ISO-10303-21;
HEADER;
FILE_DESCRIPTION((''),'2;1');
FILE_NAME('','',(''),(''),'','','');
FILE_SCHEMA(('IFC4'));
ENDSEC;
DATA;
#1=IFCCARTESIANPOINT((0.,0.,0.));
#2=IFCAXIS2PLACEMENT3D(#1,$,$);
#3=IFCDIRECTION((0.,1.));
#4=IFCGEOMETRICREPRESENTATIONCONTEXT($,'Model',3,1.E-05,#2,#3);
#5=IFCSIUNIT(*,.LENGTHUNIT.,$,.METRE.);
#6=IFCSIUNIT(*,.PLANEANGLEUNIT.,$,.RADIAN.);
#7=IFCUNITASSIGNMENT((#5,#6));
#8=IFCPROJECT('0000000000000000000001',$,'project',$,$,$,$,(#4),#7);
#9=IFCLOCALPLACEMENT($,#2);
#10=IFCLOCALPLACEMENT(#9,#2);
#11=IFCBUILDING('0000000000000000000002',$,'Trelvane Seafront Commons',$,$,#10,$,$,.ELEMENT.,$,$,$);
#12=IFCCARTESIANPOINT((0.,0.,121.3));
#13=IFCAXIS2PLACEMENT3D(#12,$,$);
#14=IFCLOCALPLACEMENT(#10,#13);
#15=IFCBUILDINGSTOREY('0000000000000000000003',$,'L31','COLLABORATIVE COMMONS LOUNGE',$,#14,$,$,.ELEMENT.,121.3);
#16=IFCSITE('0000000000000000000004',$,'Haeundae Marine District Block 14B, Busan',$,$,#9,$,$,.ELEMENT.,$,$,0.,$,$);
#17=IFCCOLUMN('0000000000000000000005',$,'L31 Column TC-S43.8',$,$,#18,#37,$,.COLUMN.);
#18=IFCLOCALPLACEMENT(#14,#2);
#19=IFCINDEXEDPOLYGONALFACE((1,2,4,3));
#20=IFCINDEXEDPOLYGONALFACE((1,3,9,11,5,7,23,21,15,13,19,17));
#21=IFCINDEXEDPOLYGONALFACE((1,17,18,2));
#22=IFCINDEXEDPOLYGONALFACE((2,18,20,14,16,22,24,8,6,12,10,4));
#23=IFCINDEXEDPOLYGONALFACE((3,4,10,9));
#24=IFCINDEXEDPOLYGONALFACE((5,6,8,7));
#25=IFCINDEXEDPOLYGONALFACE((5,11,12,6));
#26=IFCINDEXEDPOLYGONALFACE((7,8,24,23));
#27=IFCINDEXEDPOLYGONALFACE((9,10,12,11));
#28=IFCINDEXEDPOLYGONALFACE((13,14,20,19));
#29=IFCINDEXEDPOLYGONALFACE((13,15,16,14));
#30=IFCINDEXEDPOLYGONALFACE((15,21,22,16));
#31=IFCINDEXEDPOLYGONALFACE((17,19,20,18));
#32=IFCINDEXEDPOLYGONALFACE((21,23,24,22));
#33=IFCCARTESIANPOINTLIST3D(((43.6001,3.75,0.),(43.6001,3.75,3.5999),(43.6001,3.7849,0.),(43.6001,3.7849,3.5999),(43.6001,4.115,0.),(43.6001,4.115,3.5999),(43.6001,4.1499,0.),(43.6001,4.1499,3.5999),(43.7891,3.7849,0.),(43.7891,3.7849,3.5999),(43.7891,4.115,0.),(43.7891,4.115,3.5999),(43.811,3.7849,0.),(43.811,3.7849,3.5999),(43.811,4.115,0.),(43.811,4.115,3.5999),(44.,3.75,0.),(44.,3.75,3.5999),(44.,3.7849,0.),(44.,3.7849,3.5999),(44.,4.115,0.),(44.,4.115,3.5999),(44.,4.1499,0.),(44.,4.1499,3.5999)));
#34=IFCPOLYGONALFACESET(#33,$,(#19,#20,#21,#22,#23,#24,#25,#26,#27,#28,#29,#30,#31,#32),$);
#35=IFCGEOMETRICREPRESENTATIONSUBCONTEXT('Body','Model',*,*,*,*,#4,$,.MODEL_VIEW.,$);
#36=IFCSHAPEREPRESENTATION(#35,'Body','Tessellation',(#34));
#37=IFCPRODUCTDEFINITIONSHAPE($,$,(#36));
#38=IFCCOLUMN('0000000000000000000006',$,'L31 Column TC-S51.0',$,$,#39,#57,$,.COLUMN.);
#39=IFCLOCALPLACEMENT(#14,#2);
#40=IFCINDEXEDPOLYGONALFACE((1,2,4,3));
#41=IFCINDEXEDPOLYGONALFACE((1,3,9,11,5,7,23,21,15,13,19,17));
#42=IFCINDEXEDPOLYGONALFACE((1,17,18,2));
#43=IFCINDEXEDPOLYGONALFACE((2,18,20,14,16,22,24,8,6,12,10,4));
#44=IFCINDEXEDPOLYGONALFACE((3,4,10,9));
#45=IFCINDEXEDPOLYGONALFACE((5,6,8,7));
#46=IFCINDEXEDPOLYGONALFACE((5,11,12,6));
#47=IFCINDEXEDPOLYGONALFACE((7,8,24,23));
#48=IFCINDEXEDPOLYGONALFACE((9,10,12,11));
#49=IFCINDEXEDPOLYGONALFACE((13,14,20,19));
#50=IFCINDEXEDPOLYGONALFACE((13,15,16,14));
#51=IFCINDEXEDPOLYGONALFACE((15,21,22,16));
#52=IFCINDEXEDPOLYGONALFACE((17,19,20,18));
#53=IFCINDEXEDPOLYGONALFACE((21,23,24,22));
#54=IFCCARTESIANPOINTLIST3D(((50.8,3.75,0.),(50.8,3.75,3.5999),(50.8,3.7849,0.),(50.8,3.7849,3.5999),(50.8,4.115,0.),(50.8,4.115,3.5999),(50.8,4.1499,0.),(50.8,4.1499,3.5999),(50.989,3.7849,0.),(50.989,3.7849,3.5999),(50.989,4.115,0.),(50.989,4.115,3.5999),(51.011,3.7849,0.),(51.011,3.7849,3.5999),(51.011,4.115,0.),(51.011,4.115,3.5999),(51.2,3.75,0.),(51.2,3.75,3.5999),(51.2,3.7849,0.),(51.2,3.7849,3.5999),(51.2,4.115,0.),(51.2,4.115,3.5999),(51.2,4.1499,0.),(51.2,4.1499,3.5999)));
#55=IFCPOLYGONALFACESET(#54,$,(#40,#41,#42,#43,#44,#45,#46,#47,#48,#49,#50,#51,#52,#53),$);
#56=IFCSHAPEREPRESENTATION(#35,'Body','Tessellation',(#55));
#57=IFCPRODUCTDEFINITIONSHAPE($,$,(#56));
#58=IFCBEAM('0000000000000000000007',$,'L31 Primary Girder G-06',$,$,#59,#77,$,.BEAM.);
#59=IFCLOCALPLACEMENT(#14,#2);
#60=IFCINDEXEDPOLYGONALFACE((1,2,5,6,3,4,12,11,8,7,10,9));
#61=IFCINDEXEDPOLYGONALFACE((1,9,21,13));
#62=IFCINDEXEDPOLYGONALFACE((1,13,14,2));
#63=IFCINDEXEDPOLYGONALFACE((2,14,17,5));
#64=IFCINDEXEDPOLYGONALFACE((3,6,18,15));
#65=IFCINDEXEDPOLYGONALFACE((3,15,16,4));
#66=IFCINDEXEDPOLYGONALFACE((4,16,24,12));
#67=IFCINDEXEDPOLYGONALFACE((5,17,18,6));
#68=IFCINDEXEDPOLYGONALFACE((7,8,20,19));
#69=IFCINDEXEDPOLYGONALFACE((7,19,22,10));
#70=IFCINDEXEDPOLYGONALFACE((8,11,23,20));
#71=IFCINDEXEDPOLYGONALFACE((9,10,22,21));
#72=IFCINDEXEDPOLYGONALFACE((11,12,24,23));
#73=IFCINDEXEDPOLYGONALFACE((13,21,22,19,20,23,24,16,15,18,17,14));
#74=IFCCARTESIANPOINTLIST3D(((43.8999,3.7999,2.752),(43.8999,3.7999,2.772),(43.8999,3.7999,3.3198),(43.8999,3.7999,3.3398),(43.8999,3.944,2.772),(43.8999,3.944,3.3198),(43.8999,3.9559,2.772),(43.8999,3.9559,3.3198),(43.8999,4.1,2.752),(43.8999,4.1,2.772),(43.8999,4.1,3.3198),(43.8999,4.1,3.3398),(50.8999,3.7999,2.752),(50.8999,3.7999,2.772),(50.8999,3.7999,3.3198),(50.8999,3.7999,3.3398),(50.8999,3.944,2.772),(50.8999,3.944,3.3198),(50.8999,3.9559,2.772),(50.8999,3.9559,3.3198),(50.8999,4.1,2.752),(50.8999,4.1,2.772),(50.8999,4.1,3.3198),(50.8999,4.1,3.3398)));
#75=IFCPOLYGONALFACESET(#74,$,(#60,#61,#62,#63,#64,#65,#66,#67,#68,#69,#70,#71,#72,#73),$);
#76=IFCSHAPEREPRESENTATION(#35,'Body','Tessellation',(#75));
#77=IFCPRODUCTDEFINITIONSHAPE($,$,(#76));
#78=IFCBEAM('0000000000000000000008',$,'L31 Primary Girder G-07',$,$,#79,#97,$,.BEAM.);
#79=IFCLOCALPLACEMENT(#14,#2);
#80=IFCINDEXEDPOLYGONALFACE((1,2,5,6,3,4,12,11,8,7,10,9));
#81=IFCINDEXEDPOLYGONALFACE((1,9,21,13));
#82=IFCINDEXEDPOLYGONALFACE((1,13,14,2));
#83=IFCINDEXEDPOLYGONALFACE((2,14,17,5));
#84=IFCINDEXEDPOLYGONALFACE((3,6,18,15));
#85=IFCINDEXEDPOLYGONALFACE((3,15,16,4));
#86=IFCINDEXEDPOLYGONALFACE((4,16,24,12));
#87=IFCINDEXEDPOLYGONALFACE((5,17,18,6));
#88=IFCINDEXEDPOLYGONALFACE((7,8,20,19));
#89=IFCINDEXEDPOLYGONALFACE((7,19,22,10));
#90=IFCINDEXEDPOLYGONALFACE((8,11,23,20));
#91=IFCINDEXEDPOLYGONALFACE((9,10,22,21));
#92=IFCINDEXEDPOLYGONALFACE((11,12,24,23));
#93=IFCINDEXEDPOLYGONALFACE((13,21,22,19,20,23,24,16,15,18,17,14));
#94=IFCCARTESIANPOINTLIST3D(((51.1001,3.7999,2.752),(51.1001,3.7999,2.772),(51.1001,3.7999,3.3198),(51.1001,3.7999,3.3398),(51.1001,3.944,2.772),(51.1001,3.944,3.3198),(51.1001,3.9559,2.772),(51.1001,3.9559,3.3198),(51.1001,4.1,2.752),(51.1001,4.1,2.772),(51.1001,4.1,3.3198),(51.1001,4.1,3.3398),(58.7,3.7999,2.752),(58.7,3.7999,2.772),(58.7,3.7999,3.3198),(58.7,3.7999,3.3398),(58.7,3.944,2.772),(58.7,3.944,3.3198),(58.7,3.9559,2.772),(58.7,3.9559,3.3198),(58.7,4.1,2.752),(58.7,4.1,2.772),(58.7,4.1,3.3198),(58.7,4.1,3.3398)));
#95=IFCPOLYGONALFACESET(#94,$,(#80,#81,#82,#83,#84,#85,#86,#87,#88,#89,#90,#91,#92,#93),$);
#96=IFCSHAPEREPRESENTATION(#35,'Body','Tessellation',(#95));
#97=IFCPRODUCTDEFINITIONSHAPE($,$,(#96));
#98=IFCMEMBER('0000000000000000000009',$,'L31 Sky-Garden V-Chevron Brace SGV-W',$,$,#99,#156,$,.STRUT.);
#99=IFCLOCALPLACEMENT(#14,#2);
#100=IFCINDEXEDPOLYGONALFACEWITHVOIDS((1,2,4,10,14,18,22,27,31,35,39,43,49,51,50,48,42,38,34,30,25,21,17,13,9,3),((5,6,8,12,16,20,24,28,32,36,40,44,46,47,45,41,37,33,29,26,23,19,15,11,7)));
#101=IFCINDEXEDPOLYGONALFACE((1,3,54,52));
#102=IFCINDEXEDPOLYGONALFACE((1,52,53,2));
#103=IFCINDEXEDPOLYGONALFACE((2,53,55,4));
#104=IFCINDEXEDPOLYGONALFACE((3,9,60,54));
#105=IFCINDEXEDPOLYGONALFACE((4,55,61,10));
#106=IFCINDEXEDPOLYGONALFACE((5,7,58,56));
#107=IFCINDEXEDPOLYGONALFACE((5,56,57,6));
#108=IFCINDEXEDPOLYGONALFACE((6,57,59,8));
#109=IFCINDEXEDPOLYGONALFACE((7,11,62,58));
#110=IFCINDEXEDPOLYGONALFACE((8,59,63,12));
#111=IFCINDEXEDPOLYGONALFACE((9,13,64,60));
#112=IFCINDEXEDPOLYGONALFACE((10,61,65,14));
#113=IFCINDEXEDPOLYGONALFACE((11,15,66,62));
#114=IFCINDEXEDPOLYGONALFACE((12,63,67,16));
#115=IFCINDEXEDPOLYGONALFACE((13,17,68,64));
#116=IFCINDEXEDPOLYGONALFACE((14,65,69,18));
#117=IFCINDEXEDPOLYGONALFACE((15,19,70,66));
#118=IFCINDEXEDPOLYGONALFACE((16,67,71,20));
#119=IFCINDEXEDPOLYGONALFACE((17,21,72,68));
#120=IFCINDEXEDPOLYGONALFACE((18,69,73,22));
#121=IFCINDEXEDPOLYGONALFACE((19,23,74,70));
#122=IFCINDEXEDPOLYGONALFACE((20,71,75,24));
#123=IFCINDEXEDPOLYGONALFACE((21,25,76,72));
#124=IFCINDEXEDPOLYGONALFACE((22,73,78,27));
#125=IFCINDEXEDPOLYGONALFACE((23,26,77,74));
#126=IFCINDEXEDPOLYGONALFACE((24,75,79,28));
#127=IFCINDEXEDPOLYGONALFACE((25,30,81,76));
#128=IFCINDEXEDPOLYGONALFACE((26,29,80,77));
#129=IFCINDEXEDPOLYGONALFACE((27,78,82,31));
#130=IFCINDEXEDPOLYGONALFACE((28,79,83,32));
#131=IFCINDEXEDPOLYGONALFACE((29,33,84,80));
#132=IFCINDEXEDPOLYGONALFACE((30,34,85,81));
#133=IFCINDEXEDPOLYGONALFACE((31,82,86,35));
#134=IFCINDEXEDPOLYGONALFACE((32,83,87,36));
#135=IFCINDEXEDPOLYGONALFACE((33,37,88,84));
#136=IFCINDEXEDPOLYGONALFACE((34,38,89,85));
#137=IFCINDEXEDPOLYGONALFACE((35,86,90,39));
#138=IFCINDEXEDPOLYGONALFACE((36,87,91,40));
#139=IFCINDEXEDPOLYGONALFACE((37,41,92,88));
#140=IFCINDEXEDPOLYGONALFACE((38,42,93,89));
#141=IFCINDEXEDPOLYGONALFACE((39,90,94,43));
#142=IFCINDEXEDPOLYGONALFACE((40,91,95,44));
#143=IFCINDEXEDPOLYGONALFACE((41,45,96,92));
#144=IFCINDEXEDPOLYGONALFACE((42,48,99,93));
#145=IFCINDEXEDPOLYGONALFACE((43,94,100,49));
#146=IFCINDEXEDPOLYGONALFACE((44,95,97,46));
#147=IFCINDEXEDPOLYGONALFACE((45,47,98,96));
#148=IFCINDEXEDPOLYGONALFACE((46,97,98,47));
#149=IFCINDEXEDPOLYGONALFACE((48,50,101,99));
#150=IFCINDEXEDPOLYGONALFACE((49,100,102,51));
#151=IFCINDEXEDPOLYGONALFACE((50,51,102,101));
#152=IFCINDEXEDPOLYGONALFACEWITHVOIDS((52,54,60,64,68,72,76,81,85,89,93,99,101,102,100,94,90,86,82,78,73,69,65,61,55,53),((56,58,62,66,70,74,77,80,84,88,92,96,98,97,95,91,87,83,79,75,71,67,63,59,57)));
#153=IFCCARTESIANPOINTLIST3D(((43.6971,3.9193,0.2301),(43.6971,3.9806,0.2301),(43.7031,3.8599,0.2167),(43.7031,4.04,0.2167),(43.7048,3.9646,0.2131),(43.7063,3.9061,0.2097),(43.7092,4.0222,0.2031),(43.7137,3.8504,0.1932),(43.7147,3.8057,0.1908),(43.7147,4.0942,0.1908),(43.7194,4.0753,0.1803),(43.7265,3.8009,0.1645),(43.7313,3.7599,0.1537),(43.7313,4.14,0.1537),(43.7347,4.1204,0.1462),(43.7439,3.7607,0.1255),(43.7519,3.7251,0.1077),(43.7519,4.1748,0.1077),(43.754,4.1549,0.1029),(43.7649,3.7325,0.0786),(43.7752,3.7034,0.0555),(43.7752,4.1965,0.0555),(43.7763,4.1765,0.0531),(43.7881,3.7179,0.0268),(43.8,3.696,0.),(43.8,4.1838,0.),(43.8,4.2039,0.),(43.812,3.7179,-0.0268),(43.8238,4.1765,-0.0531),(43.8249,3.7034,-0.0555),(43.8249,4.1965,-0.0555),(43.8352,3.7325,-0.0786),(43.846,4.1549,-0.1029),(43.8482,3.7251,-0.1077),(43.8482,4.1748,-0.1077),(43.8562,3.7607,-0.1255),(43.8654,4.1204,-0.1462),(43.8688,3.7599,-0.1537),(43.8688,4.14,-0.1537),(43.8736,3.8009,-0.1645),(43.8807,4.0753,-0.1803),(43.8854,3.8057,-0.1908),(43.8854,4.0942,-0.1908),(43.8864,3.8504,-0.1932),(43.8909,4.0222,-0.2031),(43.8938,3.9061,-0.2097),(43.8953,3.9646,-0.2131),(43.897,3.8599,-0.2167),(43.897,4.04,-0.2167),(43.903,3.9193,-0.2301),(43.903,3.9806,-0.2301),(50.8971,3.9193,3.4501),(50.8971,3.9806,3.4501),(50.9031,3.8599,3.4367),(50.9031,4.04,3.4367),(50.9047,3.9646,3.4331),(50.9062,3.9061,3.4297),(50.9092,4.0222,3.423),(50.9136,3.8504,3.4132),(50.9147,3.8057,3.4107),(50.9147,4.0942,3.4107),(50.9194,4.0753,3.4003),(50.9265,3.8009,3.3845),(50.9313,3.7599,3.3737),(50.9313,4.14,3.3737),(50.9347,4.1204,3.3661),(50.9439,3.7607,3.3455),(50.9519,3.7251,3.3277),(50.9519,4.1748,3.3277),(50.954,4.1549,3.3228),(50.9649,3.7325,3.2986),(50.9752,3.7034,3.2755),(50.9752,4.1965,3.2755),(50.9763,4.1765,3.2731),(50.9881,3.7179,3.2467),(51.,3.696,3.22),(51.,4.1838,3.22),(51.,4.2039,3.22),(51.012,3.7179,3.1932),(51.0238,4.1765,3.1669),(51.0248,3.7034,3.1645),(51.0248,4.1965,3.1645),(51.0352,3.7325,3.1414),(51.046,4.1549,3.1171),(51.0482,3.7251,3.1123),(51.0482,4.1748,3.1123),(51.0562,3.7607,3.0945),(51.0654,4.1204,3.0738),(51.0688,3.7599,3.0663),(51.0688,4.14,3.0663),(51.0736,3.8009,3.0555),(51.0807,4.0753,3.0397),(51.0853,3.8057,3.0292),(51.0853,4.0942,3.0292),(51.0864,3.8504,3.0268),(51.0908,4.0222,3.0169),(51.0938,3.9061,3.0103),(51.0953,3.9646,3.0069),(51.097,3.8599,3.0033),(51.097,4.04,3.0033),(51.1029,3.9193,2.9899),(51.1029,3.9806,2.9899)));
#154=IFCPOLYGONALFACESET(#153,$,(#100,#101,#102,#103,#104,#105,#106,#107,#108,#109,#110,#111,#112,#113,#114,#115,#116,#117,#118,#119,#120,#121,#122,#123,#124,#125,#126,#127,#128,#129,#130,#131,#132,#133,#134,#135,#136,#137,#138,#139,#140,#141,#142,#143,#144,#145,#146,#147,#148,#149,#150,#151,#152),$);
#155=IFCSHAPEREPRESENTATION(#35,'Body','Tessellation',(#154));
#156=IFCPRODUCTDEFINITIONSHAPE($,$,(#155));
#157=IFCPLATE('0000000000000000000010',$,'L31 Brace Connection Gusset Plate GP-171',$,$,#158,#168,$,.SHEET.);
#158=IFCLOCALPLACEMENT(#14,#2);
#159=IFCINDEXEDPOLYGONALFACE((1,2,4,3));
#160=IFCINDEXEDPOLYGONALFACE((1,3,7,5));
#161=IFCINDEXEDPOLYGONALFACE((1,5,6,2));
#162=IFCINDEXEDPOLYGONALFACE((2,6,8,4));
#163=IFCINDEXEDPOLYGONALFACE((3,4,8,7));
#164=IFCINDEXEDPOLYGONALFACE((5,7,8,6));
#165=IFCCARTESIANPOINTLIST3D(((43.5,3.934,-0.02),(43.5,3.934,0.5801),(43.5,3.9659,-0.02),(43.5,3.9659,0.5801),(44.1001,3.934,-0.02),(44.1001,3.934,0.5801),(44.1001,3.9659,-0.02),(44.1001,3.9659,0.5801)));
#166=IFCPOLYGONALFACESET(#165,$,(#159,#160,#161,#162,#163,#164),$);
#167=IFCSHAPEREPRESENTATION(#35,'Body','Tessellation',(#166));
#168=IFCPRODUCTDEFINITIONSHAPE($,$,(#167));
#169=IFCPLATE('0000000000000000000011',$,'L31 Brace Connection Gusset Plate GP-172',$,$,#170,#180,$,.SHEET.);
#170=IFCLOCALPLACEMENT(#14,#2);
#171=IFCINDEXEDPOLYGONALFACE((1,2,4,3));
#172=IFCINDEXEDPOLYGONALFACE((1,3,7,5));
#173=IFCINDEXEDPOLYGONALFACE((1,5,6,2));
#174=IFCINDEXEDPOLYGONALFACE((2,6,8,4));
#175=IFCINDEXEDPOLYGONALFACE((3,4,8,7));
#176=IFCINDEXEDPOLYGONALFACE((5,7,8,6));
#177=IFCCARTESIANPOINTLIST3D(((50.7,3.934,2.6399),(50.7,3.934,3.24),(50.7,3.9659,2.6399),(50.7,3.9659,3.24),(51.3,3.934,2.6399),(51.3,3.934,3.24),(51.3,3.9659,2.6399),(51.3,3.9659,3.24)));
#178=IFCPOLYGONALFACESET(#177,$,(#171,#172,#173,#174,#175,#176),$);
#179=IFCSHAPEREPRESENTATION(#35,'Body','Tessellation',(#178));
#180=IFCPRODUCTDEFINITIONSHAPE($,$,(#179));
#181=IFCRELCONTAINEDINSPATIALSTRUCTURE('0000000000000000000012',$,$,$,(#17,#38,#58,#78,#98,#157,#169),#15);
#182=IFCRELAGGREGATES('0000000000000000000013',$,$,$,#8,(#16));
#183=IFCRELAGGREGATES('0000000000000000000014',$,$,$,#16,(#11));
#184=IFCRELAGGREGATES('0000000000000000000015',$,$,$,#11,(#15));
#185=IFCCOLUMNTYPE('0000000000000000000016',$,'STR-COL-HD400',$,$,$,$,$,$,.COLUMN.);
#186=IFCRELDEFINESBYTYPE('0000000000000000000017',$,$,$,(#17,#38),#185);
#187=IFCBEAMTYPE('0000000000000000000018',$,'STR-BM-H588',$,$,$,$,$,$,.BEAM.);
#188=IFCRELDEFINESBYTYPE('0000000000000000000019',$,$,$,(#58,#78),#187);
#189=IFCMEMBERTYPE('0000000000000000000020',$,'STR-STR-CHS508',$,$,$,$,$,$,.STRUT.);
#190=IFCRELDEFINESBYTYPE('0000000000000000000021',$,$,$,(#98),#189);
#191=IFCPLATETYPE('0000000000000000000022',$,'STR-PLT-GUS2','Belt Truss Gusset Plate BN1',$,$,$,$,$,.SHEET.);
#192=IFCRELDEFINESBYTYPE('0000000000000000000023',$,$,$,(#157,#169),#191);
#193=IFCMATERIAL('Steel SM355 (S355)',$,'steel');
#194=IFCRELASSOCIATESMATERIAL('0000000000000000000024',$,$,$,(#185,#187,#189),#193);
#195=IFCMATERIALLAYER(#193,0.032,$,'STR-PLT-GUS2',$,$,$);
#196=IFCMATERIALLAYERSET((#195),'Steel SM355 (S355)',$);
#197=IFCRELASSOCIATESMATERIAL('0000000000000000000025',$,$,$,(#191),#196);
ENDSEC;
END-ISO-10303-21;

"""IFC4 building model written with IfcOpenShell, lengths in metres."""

from ifc_helpers import new_model, si_unit, direction, frame, origin, origin_2d, place, context, subcontext, project, spatial, rectangle, hollow_circle, i_section, extrude, source, transform, mapped, material, layer, layer_set, material_profile, profile_set, type_object, element, save


model = new_model("IFC4")

# Units and contexts
model_context = context("Model", 3, precision=1e-05, world=origin(), true_north=direction((0.0, 1.0)))
body_context = subcontext(model_context, "Body", "Model", "MODEL_VIEW")
ifc_project = project(units=[si_unit("LENGTHUNIT", "METRE"), si_unit("PLANEANGLEUNIT", "RADIAN")], contexts=[model_context])

# Site, building, storey
site_placement = place(None, origin())
site = spatial("IfcSite", under=ifc_project, at=site_placement, Name="Haeundae Marine District Block 14B, Busan", CompositionType="ELEMENT", RefElevation=0.0)
building_placement = place(site_placement, origin())
building = spatial("IfcBuilding", under=site, at=building_placement, Name="Trelvane Seafront Commons", CompositionType="ELEMENT")
storey_placement = place(building_placement, frame((0.0, 0.0, 121.3)))
storey = spatial("IfcBuildingStorey", under=building, at=storey_placement, Name="L31", Description="COLLABORATIVE COMMONS LOUNGE", CompositionType="ELEMENT", Elevation=121.3)

# Columns
ifc_material_1 = material(Name="Steel SM355 (S355)", Category="steel")
ifc_material_profile_1 = material_profile(ifc_material_1, i_section(OverallWidth=0.3999, OverallDepth=0.3999, WebThickness=0.022, FlangeThickness=0.0349, at=origin_2d()), Name="HD-400x400x22x35")
ifc_profile_set_1 = profile_set([ifc_material_profile_1], Name="Steel SM355 (S355)")
column_type = type_object("IfcColumnType", Name="STR-COL-HD400", PredefinedType="COLUMN", material=ifc_profile_set_1)
shared_shape_1 = source(origin(), body_context, "Body", "SweptSolid", [
    extrude(i_section(OverallWidth=0.3999, OverallDepth=0.3999, WebThickness=0.022, FlangeThickness=0.0349, at=origin_2d()), origin(), (0.0, 0.0, 1.0), 3.5999),
])
for number, where, z_axis, x_axis, name in (
    (1, (43.8, 3.95, 0.0), (0.0, 0.0, 1.0), (1.0, 0.0, 0.0), "L31 Column TC-S43.8"),
    (2, (51.0, 3.95, 0.0), (0.0, 0.0, 1.0), (1.0, 0.0, 0.0), "L31 Column TC-S51.0"),
):
    element("IfcColumn", number, at=place(storey_placement, frame(where, z_axis=z_axis, x_axis=x_axis)), inside=storey, type_object=column_type, Name=name, PredefinedType="COLUMN", context=body_context, shape_type="MappedRepresentation", body=[
        mapped(shared_shape_1, transform((0.0, 0.0, 0.0), x_axis=(1.0, 0.0, 0.0), y_axis=(0.0, 1.0, 0.0), z_axis=(0.0, 0.0, 1.0), scale=1.0)),
    ])

# Beams
ifc_material_profile_2 = material_profile(ifc_material_1, i_section(OverallWidth=0.3, OverallDepth=0.5879, WebThickness=0.012, FlangeThickness=0.02, at=origin_2d()), Name="H-588x300x12x20")
ifc_profile_set_2 = profile_set([ifc_material_profile_2], Name="Steel SM355 (S355)")
beam_type = type_object("IfcBeamType", Name="STR-BM-H588", PredefinedType="BEAM", material=ifc_profile_set_2)
shared_shape_2 = source(origin(), body_context, "Body", "SweptSolid", [
    extrude(i_section(OverallWidth=0.3, OverallDepth=0.5879, WebThickness=0.012, FlangeThickness=0.02, at=origin_2d()), origin(), (0.0, 0.0, 1.0), 7.0),
])
beam_1_placement = place(storey_placement, frame((43.8999, 3.95, 3.0459), z_axis=(1.0, 0.0, 0.0), x_axis=(0.0, 1.0, 0.0)))
element("IfcBeam", 3, at=beam_1_placement, inside=storey, type_object=beam_type, Name="L31 Primary Girder G-06", PredefinedType="BEAM", context=body_context, shape_type="MappedRepresentation", body=[
    mapped(shared_shape_2, transform((0.0, 0.0, 0.0), x_axis=(1.0, 0.0, 0.0), y_axis=(0.0, 1.0, 0.0), z_axis=(0.0, 0.0, 1.0), scale=1.0)),
])
shared_shape_3 = source(origin(), body_context, "Body", "SweptSolid", [
    extrude(i_section(OverallWidth=0.3, OverallDepth=0.5879, WebThickness=0.012, FlangeThickness=0.02, at=origin_2d()), origin(), (0.0, 0.0, 1.0), 7.5999),
])
beam_2_placement = place(storey_placement, frame((51.1001, 3.95, 3.0459), z_axis=(1.0, 0.0, 0.0), x_axis=(0.0, 1.0, 0.0)))
element("IfcBeam", 4, at=beam_2_placement, inside=storey, type_object=beam_type, Name="L31 Primary Girder G-07", PredefinedType="BEAM", context=body_context, shape_type="MappedRepresentation", body=[
    mapped(shared_shape_3, transform((0.0, 0.0, 0.0), x_axis=(1.0, 0.0, 0.0), y_axis=(0.0, 1.0, 0.0), z_axis=(0.0, 0.0, 1.0), scale=1.0)),
])

# Member
ifc_material_profile_3 = material_profile(ifc_material_1, hollow_circle(Radius=0.2539, WallThickness=0.02, at=origin_2d()), Name="CHS-508x20")
ifc_profile_set_3 = profile_set([ifc_material_profile_3], Name="Steel SM355 (S355)")
member_type = type_object("IfcMemberType", Name="STR-STR-CHS508", PredefinedType="STRUT", material=ifc_profile_set_3)
shared_shape_4 = source(origin(), body_context, "Body", "SweptSolid", [
    extrude(hollow_circle(Radius=0.2539, WallThickness=0.02, at=origin_2d()), origin(), (0.0, 0.0, 1.0), 7.8872),
])
member_placement = place(storey_placement, frame((43.8, 3.95, 0.0), z_axis=(0.912868, 0.0, 0.408254), x_axis=(0.0, 1.0, 0.0)))
element("IfcMember", 5, at=member_placement, inside=storey, type_object=member_type, Name="L31 Sky-Garden V-Chevron Brace SGV-W", PredefinedType="STRUT", context=body_context, shape_type="MappedRepresentation", body=[
    mapped(shared_shape_4, transform((0.0, 0.0, 0.0), x_axis=(1.0, 0.0, 0.0), y_axis=(0.0, 1.0, 0.0), z_axis=(0.0, 0.0, 1.0), scale=1.0)),
])

# Plates
ifc_layer_1 = layer(ifc_material_1, 0.032, Name="STR-PLT-GUS2")
ifc_layer_set_1 = layer_set([ifc_layer_1], Name="Steel SM355 (S355)")
plate_type_1 = type_object("IfcPlateType", Name="STR-PLT-GUS2", Description="Belt Truss Gusset Plate BN1", PredefinedType="SHEET", material=ifc_layer_set_1)
shared_shape_5 = source(origin(), body_context, "Body", "SweptSolid", [
    extrude(rectangle(XDim=0.6001, YDim=0.032, at=origin_2d()), origin(), (0.0, 0.0, 1.0), 0.6001),
])
for number, where, z_axis, x_axis, name in (
    (6, (43.8, 3.95, -0.02), (0.0, 0.0, 1.0), (1.0, 0.0, 0.0), "L31 Brace Connection Gusset Plate GP-171"),
    (7, (51.0, 3.95, 2.6399), (0.0, 0.0, 1.0), (1.0, 0.0, 0.0), "L31 Brace Connection Gusset Plate GP-172"),
):
    element("IfcPlate", number, at=place(storey_placement, frame(where, z_axis=z_axis, x_axis=x_axis)), inside=storey, type_object=plate_type_1, Name=name, PredefinedType="SHEET", context=body_context, shape_type="MappedRepresentation", body=[
        mapped(shared_shape_5, transform((0.0, 0.0, 0.0), x_axis=(1.0, 0.0, 0.0), y_axis=(0.0, 1.0, 0.0), z_axis=(0.0, 0.0, 1.0), scale=1.0)),
    ])

save(model, "model.ifc")
